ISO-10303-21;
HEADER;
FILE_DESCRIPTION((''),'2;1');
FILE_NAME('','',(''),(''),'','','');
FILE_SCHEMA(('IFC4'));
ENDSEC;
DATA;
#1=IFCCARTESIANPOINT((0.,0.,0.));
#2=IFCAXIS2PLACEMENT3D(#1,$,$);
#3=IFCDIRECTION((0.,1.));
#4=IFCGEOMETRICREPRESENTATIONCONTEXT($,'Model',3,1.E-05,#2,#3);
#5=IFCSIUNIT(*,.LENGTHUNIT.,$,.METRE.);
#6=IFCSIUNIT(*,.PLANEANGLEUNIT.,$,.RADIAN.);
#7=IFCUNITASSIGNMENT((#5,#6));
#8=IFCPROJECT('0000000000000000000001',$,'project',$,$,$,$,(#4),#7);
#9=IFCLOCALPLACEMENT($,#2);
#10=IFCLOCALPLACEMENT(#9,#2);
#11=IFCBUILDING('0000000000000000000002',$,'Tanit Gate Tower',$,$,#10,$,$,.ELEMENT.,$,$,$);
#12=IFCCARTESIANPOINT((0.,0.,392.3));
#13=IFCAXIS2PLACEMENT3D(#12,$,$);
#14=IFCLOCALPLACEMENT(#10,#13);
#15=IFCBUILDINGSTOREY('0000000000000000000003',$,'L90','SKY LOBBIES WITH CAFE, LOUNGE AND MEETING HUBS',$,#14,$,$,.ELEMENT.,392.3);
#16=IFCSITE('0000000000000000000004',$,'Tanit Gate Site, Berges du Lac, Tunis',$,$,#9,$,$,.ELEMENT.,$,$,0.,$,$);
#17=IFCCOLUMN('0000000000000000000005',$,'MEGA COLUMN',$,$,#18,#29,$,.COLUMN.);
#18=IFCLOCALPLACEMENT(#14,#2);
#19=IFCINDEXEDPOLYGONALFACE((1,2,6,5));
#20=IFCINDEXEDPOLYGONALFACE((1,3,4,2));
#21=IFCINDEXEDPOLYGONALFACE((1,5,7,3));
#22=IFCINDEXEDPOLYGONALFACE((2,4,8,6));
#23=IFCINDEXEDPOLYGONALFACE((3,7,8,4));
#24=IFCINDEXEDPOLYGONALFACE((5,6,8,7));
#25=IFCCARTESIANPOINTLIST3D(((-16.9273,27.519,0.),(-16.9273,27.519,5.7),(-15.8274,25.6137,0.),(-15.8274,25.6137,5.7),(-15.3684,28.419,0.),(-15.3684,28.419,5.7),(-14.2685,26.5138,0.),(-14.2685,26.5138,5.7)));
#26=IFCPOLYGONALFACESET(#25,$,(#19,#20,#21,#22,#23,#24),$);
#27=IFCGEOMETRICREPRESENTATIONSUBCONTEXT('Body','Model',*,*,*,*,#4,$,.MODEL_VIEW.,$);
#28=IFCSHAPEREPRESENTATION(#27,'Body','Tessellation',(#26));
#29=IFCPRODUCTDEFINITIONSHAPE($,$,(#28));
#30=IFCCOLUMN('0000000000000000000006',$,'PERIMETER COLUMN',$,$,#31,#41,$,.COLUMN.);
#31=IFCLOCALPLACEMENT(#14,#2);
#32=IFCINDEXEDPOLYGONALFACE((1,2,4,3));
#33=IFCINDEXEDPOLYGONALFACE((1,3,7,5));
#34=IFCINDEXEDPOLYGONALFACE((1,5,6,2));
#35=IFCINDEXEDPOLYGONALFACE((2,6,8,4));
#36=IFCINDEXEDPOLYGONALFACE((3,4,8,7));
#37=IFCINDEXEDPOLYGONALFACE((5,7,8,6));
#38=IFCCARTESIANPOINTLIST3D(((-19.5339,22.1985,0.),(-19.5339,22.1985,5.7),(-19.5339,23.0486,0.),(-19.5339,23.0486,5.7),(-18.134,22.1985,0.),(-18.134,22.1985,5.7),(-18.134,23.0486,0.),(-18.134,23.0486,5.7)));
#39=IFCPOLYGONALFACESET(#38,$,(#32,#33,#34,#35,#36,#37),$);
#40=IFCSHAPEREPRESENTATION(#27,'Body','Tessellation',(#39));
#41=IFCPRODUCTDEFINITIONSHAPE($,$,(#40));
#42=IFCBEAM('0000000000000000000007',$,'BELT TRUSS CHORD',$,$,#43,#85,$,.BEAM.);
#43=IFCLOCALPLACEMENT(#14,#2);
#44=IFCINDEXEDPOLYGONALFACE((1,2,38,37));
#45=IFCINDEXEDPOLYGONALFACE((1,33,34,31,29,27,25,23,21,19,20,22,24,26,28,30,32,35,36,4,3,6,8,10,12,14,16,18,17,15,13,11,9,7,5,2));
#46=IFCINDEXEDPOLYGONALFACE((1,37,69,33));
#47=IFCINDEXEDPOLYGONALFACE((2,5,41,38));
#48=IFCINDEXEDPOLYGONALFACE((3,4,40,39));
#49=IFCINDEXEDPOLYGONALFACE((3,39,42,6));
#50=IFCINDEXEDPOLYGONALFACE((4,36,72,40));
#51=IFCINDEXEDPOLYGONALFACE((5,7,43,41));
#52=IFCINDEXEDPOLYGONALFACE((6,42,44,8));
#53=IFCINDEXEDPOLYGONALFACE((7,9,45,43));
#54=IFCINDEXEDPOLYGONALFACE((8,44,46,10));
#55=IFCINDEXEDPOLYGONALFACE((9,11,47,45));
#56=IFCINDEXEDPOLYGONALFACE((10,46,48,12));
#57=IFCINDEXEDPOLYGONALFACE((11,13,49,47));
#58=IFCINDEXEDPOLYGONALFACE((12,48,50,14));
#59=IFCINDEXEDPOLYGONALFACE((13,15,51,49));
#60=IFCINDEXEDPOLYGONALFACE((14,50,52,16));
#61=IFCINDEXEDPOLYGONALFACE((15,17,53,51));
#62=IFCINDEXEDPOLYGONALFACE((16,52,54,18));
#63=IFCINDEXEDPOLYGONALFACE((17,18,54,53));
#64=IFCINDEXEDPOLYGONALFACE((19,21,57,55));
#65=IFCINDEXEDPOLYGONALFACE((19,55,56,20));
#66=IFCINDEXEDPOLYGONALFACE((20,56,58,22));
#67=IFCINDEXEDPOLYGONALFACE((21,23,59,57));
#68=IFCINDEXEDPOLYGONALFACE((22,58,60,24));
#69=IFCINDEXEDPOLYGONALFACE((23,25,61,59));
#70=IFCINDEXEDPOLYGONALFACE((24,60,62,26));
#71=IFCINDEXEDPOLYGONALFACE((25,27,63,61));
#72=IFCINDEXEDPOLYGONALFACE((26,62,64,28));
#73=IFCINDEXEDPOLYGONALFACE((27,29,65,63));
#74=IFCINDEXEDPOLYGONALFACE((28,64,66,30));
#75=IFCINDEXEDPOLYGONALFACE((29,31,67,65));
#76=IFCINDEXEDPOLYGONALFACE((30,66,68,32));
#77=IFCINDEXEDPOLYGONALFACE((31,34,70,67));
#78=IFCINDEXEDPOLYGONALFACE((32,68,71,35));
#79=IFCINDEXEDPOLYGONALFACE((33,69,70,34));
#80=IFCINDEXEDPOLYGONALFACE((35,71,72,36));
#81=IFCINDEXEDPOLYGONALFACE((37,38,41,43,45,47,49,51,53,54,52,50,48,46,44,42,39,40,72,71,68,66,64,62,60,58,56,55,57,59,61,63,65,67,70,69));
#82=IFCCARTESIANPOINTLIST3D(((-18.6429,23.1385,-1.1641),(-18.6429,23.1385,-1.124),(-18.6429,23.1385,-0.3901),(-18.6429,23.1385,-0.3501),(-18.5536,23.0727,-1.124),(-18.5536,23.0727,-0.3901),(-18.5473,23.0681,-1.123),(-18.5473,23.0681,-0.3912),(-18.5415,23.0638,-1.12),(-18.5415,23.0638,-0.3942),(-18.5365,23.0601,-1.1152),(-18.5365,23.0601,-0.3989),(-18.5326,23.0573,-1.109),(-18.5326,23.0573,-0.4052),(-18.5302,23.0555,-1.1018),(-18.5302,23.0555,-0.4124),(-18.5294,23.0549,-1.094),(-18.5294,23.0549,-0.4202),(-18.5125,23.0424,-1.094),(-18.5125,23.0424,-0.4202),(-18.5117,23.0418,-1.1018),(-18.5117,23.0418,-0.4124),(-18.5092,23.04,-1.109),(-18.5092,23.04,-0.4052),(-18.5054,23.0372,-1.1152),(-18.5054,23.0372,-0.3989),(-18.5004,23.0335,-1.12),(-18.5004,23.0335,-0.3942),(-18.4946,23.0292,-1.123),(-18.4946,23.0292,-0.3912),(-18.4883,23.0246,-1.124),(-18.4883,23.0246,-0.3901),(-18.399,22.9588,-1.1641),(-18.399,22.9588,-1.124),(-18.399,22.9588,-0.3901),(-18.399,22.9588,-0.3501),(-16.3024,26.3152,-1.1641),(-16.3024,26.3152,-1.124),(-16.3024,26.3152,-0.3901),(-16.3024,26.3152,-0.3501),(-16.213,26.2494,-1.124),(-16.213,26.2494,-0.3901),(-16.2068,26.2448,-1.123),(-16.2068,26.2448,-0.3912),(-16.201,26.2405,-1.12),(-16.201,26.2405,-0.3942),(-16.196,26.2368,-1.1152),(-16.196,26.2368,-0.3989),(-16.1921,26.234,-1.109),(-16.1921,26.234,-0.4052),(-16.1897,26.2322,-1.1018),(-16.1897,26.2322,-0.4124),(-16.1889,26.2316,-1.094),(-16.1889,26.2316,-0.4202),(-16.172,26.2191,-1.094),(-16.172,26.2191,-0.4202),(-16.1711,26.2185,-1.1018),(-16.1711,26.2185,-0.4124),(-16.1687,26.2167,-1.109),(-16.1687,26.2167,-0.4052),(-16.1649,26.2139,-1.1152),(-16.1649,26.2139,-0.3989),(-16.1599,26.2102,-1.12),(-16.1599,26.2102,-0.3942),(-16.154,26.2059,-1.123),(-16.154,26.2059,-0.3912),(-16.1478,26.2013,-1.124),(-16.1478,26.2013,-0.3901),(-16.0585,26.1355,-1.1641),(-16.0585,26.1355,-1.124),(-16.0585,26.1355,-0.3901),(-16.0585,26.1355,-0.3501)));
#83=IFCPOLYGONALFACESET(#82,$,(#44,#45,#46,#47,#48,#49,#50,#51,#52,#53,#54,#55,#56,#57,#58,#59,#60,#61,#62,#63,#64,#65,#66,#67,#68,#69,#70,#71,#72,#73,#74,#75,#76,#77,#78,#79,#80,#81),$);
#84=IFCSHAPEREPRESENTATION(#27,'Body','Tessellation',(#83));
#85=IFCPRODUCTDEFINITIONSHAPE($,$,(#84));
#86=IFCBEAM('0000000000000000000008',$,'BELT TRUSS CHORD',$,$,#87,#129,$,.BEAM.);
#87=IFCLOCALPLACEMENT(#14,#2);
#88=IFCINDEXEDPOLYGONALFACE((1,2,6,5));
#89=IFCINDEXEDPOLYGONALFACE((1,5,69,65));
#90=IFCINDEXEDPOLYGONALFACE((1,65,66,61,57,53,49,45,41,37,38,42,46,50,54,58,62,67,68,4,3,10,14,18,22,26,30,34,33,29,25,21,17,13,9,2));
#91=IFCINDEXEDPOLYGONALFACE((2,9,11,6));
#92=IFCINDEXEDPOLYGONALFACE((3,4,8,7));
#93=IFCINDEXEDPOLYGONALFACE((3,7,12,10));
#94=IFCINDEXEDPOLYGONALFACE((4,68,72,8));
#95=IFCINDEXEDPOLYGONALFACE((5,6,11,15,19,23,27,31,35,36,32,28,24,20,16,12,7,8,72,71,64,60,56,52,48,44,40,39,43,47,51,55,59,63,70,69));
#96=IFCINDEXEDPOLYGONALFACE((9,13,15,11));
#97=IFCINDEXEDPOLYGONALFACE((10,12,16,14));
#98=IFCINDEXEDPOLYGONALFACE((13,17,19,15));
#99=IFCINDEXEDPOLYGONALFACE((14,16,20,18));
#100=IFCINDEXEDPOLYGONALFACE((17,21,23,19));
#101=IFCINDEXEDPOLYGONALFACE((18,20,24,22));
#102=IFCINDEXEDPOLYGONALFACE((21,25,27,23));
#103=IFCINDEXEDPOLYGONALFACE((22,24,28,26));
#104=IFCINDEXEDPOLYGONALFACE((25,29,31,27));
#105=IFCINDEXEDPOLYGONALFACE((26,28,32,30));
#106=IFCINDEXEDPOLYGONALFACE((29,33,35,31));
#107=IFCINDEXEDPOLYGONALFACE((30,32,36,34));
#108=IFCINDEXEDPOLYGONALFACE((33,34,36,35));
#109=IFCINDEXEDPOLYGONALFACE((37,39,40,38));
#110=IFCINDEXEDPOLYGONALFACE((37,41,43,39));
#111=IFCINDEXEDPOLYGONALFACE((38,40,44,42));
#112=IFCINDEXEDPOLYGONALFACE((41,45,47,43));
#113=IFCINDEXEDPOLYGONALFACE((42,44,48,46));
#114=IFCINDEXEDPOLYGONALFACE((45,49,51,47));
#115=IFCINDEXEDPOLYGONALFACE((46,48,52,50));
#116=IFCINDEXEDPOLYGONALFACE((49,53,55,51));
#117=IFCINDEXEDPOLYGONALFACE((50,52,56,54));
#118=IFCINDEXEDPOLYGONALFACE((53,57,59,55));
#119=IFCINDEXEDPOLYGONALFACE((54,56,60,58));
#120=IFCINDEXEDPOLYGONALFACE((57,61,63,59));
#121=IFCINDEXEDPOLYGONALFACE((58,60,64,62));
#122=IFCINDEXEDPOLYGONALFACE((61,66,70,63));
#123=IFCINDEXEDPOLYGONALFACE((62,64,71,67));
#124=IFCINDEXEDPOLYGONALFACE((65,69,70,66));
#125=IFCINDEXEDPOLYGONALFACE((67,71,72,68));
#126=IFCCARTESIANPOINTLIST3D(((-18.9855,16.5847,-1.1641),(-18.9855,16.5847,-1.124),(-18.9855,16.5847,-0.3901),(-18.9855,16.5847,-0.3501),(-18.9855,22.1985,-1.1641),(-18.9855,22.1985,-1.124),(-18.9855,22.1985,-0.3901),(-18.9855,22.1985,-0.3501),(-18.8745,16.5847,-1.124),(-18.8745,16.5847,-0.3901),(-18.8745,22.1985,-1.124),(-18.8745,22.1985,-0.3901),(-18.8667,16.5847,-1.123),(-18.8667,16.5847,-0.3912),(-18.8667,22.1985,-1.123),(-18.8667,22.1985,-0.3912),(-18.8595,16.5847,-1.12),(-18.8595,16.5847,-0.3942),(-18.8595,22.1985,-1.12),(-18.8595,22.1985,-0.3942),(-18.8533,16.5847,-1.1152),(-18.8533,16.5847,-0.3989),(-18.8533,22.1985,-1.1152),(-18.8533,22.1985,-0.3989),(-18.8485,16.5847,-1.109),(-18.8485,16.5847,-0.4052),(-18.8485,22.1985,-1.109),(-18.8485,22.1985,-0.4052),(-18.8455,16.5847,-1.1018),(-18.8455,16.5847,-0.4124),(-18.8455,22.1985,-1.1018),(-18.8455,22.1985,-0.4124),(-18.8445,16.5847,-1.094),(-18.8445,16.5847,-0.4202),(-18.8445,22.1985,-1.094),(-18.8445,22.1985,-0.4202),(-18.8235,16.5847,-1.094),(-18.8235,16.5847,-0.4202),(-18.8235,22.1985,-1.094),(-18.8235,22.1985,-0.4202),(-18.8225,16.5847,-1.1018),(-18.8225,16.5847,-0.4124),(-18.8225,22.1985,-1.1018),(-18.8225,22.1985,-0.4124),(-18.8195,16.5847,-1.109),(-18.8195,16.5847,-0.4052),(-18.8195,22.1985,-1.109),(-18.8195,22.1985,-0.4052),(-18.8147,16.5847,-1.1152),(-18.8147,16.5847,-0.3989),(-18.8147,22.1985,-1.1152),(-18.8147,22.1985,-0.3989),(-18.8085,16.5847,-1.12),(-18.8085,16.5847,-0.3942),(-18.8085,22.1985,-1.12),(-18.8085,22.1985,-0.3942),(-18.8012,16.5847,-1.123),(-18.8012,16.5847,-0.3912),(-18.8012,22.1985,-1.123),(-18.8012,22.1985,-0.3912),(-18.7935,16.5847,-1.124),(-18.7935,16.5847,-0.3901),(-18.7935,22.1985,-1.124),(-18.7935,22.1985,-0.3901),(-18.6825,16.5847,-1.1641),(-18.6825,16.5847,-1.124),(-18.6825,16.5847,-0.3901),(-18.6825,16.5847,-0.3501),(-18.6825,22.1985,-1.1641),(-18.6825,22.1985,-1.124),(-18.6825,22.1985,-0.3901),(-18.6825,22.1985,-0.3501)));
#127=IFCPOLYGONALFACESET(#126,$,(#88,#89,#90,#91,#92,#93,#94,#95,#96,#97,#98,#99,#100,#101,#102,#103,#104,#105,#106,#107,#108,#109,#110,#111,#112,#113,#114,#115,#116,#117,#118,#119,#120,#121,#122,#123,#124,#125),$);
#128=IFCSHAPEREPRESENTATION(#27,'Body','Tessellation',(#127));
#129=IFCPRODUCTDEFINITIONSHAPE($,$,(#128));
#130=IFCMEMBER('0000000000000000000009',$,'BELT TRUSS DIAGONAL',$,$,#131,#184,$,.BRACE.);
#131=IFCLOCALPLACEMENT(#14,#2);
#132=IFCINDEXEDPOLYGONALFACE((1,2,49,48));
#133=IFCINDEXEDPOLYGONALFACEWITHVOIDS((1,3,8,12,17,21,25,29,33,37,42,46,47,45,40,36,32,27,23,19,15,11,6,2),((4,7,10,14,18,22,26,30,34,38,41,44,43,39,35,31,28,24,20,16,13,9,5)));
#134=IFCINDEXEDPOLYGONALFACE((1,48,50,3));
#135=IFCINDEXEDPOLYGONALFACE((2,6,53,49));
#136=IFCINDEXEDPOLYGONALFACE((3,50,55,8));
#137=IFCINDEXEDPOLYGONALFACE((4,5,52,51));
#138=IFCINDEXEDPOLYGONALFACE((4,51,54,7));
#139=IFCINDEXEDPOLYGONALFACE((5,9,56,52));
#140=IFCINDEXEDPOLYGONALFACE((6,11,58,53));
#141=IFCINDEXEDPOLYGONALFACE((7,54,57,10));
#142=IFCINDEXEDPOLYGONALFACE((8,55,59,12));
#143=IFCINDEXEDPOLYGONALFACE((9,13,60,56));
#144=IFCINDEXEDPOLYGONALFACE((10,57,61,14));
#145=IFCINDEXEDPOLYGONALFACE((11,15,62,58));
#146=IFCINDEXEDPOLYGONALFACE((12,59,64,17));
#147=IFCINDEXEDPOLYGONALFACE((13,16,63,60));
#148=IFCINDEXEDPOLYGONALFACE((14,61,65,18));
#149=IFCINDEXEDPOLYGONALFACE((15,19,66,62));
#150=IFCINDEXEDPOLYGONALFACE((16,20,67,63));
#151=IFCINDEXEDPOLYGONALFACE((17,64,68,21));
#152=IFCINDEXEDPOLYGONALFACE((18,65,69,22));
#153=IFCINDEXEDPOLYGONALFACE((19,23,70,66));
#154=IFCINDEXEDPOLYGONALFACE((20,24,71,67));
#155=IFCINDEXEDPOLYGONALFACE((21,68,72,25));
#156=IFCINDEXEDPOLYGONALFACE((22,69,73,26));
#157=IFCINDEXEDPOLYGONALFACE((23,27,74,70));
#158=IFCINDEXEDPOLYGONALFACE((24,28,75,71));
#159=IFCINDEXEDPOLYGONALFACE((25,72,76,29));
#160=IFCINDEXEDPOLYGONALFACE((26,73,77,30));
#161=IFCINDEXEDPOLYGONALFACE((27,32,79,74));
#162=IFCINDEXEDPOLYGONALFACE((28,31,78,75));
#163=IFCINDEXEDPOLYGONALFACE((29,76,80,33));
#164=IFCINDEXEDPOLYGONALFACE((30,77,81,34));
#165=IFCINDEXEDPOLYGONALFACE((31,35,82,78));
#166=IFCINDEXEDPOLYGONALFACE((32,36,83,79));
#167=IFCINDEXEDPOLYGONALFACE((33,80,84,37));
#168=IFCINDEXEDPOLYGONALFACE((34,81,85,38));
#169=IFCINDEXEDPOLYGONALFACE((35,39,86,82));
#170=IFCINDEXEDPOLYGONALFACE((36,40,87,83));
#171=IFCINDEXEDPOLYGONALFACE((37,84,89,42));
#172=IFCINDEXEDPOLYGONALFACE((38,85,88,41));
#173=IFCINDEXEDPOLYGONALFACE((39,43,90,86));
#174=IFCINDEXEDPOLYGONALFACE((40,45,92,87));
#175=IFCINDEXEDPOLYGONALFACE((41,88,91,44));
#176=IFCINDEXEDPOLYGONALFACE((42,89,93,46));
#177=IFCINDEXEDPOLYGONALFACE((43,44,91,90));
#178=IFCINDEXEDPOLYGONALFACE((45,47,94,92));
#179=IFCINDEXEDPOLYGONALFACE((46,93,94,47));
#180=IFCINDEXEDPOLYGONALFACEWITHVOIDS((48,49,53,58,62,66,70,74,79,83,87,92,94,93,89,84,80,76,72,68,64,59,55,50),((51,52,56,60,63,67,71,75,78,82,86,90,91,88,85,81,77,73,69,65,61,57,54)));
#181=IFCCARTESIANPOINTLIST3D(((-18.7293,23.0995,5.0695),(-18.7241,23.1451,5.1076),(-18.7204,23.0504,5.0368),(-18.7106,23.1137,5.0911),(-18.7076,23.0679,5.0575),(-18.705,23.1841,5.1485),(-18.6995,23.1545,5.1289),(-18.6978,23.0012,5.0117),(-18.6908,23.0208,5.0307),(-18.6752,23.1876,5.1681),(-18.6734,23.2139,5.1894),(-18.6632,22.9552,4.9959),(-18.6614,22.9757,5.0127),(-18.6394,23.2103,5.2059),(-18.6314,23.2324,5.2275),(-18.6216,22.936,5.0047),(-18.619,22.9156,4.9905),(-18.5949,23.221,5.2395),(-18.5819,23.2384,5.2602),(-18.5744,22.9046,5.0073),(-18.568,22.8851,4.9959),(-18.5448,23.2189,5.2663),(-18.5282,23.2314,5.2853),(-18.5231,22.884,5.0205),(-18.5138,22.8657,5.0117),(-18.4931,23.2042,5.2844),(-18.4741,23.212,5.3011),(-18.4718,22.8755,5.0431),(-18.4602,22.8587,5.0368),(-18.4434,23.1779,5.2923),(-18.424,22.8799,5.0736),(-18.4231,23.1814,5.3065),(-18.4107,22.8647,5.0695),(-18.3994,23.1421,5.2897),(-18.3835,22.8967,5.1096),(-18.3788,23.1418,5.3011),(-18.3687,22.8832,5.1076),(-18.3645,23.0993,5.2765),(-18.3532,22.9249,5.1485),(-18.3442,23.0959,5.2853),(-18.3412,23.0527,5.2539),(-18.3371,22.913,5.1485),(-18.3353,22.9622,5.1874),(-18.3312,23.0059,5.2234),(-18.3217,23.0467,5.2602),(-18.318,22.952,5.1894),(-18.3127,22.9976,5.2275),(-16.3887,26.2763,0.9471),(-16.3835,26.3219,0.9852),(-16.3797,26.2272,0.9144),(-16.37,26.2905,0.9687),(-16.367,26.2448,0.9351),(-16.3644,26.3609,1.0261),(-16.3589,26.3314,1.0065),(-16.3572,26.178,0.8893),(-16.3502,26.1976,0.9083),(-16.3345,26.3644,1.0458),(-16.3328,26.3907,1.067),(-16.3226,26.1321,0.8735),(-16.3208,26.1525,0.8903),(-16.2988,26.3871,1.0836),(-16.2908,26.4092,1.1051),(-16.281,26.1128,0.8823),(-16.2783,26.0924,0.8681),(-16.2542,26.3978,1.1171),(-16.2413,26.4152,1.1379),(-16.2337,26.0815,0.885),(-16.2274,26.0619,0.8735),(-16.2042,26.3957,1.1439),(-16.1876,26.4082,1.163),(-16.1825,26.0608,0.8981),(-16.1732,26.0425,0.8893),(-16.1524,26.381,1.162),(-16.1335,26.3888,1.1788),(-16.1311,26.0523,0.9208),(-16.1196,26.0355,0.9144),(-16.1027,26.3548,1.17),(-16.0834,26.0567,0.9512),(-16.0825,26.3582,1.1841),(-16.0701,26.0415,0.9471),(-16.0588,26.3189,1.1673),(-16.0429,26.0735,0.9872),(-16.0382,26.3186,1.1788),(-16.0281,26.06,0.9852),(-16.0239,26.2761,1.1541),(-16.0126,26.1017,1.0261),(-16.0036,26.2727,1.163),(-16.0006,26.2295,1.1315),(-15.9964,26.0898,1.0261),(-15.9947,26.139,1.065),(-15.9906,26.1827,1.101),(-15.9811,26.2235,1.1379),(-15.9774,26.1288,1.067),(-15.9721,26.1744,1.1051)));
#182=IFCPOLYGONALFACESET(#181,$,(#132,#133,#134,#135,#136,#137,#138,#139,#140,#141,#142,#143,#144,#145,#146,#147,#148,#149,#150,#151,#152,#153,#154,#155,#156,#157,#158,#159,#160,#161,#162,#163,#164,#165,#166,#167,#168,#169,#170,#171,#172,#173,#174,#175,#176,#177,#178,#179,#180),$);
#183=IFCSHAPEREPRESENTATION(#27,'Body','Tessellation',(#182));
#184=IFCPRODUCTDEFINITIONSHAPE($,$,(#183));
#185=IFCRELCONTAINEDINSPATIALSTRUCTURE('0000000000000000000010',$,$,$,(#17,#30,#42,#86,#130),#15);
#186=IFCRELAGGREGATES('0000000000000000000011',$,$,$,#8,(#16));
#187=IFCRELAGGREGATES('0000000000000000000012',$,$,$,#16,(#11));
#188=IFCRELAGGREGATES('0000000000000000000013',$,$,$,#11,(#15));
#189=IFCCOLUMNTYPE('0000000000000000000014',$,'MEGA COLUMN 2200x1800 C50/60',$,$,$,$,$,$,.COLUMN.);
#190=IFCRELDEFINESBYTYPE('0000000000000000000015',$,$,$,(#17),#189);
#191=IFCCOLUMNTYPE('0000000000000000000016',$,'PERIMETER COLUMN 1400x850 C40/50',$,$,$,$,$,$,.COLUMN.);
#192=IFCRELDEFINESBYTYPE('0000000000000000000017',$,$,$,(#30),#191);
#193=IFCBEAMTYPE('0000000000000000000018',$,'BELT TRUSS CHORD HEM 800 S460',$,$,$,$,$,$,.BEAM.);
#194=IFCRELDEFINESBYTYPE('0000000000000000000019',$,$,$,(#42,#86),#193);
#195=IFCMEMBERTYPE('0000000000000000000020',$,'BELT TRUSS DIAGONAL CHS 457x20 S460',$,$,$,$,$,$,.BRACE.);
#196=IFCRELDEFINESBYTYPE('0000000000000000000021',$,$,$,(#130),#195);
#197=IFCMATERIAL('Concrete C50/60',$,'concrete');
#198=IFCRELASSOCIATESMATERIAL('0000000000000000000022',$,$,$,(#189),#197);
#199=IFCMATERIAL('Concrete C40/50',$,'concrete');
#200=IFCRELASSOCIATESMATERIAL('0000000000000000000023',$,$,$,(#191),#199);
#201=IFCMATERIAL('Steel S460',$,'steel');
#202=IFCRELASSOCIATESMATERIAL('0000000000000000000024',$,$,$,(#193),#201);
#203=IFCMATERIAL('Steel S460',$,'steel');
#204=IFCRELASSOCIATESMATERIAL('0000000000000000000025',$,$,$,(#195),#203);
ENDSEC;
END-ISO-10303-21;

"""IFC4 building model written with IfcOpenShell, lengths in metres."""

from ifc_helpers import new_model, si_unit, direction, frame, origin, origin_2d, place, context, subcontext, project, spatial, rectangle, hollow_circle, i_section, extrude, material, material_profile, profile_set, type_object, element, save


model = new_model("IFC4")

# Units and contexts
model_context = context("Model", 3, precision=1e-05, world=origin(), true_north=direction((0.0, 1.0)))
body_context = subcontext(model_context, "Body", "Model", "MODEL_VIEW")
ifc_project = project(units=[si_unit("LENGTHUNIT", "METRE"), si_unit("PLANEANGLEUNIT", "RADIAN")], contexts=[model_context])

# Site, building, storey
site_placement = place(None, origin())
site = spatial("IfcSite", under=ifc_project, at=site_placement, Name="Tanit Gate Site, Berges du Lac, Tunis", CompositionType="ELEMENT", RefElevation=0.0)
building_placement = place(site_placement, origin())
building = spatial("IfcBuilding", under=site, at=building_placement, Name="Tanit Gate Tower", CompositionType="ELEMENT")
storey_placement = place(building_placement, frame((0.0, 0.0, 392.3)))
storey = spatial("IfcBuildingStorey", under=building, at=storey_placement, Name="L90", Description="SKY LOBBIES WITH CAFE, LOUNGE AND MEETING HUBS", CompositionType="ELEMENT", Elevation=392.3)

# Columns
ifc_material_1 = material(Name="Concrete C50/60", Category="concrete")
ifc_material_profile_1 = material_profile(ifc_material_1, rectangle(XDim=2.2, YDim=1.8, at=origin_2d()), Name="RC 2200x1800")
ifc_profile_set_1 = profile_set([ifc_material_profile_1], Name="Concrete C50/60")
column_type_1 = type_object("IfcColumnType", Name="MEGA COLUMN 2200x1800 C50/60", PredefinedType="COLUMN", material=ifc_profile_set_1)
column_1_placement = place(storey_placement, frame((-15.5979, 27.0164, 0.0), z_axis=(0.0, 0.0, 1.0), x_axis=(-0.5, 0.866025, 0.0)))
element("IfcColumn", 1, at=column_1_placement, inside=storey, type_object=column_type_1, Name="MEGA COLUMN", PredefinedType="COLUMN", context=body_context, shape_type="SweptSolid", body=[
    extrude(rectangle(XDim=2.2, YDim=1.8, at=origin_2d()), origin(), (0.0, 0.0, 1.0), 5.7),
])
ifc_material_2 = material(Name="Concrete C40/50", Category="concrete")
ifc_material_profile_2 = material_profile(ifc_material_2, rectangle(XDim=1.3999, YDim=0.8501, at=origin_2d()), Name="RC 1400x850")
ifc_profile_set_2 = profile_set([ifc_material_profile_2], Name="Concrete C40/50")
column_type_2 = type_object("IfcColumnType", Name="PERIMETER COLUMN 1400x850 C40/50", PredefinedType="COLUMN", material=ifc_profile_set_2)
column_2_placement = place(storey_placement, frame((-18.834, 22.6235, 0.0), z_axis=(0.0, 0.0, 1.0), x_axis=(-1.0, 0.0, 0.0)))
element("IfcColumn", 2, at=column_2_placement, inside=storey, type_object=column_type_2, Name="PERIMETER COLUMN", PredefinedType="COLUMN", context=body_context, shape_type="SweptSolid", body=[
    extrude(rectangle(XDim=1.3999, YDim=0.8501, at=origin_2d()), origin(), (0.0, 0.0, 1.0), 5.7),
])

# Beams
ifc_material_3 = material(Name="Steel S460", Category="steel")
ifc_material_profile_3 = material_profile(ifc_material_3, i_section(OverallWidth=0.303, OverallDepth=0.814, WebThickness=0.021, FlangeThickness=0.04, FilletRadius=0.03, at=origin_2d()), Name="HEM 800")
ifc_profile_set_3 = profile_set([ifc_material_profile_3], Name="Steel S460")
beam_type_1 = type_object("IfcBeamType", Name="BELT TRUSS CHORD HEM 800 S460", PredefinedType="BEAM", material=ifc_profile_set_3)
beam_1_placement = place(storey_placement, frame((-16.1804, 26.2253, -0.7571), z_axis=(-0.593167, -0.805079, 0.0), x_axis=(0.805079, -0.593167, 0.0)))
element("IfcBeam", 3, at=beam_1_placement, inside=storey, type_object=beam_type_1, Name="BELT TRUSS CHORD", PredefinedType="BEAM", context=body_context, shape_type="SweptSolid", body=[
    extrude(i_section(OverallWidth=0.303, OverallDepth=0.814, WebThickness=0.021, FlangeThickness=0.04, FilletRadius=0.03, at=origin_2d()), origin(), (0.0, 0.0, 1.0), 3.9458),
])
beam_2_placement = place(storey_placement, frame((-18.834, 22.1985, -0.7571), z_axis=(0.0, -1.0, 0.0), x_axis=(1.0, 0.0, 0.0)))
element("IfcBeam", 4, at=beam_2_placement, inside=storey, type_object=beam_type_1, Name="BELT TRUSS CHORD", PredefinedType="BEAM", context=body_context, shape_type="SweptSolid", body=[
    extrude(i_section(OverallWidth=0.303, OverallDepth=0.814, WebThickness=0.021, FlangeThickness=0.04, FilletRadius=0.03, at=origin_2d()), origin(), (0.0, 0.0, 1.0), 5.6138),
])

# Member
ifc_material_4 = material(Name="Steel S460", Category="steel")
ifc_material_profile_4 = material_profile(ifc_material_4, hollow_circle(Radius=0.2285, WallThickness=0.02, at=origin_2d()), Name="CHS 457x20")
ifc_profile_set_4 = profile_set([ifc_material_profile_4], Name="Steel S460")
member_type_1 = type_object("IfcMemberType", Name="BELT TRUSS DIAGONAL CHS 457x20 S460", PredefinedType="BRACE", material=ifc_profile_set_4)
member_1_placement = place(storey_placement, frame((-16.1804, 26.2253, 1.0261), z_axis=(-0.410163, -0.556696, 0.722396), x_axis=(0.805079, -0.593167, 0.0)))
element("IfcMember", 5, at=member_1_placement, inside=storey, type_object=member_type_1, Name="BELT TRUSS DIAGONAL", PredefinedType="BRACE", context=body_context, shape_type="SweptSolid", body=[
    extrude(hollow_circle(Radius=0.2285, WallThickness=0.02, at=origin_2d()), origin(), (0.0, 0.0, 1.0), 5.7065),
])

save(model, "model.ifc")
